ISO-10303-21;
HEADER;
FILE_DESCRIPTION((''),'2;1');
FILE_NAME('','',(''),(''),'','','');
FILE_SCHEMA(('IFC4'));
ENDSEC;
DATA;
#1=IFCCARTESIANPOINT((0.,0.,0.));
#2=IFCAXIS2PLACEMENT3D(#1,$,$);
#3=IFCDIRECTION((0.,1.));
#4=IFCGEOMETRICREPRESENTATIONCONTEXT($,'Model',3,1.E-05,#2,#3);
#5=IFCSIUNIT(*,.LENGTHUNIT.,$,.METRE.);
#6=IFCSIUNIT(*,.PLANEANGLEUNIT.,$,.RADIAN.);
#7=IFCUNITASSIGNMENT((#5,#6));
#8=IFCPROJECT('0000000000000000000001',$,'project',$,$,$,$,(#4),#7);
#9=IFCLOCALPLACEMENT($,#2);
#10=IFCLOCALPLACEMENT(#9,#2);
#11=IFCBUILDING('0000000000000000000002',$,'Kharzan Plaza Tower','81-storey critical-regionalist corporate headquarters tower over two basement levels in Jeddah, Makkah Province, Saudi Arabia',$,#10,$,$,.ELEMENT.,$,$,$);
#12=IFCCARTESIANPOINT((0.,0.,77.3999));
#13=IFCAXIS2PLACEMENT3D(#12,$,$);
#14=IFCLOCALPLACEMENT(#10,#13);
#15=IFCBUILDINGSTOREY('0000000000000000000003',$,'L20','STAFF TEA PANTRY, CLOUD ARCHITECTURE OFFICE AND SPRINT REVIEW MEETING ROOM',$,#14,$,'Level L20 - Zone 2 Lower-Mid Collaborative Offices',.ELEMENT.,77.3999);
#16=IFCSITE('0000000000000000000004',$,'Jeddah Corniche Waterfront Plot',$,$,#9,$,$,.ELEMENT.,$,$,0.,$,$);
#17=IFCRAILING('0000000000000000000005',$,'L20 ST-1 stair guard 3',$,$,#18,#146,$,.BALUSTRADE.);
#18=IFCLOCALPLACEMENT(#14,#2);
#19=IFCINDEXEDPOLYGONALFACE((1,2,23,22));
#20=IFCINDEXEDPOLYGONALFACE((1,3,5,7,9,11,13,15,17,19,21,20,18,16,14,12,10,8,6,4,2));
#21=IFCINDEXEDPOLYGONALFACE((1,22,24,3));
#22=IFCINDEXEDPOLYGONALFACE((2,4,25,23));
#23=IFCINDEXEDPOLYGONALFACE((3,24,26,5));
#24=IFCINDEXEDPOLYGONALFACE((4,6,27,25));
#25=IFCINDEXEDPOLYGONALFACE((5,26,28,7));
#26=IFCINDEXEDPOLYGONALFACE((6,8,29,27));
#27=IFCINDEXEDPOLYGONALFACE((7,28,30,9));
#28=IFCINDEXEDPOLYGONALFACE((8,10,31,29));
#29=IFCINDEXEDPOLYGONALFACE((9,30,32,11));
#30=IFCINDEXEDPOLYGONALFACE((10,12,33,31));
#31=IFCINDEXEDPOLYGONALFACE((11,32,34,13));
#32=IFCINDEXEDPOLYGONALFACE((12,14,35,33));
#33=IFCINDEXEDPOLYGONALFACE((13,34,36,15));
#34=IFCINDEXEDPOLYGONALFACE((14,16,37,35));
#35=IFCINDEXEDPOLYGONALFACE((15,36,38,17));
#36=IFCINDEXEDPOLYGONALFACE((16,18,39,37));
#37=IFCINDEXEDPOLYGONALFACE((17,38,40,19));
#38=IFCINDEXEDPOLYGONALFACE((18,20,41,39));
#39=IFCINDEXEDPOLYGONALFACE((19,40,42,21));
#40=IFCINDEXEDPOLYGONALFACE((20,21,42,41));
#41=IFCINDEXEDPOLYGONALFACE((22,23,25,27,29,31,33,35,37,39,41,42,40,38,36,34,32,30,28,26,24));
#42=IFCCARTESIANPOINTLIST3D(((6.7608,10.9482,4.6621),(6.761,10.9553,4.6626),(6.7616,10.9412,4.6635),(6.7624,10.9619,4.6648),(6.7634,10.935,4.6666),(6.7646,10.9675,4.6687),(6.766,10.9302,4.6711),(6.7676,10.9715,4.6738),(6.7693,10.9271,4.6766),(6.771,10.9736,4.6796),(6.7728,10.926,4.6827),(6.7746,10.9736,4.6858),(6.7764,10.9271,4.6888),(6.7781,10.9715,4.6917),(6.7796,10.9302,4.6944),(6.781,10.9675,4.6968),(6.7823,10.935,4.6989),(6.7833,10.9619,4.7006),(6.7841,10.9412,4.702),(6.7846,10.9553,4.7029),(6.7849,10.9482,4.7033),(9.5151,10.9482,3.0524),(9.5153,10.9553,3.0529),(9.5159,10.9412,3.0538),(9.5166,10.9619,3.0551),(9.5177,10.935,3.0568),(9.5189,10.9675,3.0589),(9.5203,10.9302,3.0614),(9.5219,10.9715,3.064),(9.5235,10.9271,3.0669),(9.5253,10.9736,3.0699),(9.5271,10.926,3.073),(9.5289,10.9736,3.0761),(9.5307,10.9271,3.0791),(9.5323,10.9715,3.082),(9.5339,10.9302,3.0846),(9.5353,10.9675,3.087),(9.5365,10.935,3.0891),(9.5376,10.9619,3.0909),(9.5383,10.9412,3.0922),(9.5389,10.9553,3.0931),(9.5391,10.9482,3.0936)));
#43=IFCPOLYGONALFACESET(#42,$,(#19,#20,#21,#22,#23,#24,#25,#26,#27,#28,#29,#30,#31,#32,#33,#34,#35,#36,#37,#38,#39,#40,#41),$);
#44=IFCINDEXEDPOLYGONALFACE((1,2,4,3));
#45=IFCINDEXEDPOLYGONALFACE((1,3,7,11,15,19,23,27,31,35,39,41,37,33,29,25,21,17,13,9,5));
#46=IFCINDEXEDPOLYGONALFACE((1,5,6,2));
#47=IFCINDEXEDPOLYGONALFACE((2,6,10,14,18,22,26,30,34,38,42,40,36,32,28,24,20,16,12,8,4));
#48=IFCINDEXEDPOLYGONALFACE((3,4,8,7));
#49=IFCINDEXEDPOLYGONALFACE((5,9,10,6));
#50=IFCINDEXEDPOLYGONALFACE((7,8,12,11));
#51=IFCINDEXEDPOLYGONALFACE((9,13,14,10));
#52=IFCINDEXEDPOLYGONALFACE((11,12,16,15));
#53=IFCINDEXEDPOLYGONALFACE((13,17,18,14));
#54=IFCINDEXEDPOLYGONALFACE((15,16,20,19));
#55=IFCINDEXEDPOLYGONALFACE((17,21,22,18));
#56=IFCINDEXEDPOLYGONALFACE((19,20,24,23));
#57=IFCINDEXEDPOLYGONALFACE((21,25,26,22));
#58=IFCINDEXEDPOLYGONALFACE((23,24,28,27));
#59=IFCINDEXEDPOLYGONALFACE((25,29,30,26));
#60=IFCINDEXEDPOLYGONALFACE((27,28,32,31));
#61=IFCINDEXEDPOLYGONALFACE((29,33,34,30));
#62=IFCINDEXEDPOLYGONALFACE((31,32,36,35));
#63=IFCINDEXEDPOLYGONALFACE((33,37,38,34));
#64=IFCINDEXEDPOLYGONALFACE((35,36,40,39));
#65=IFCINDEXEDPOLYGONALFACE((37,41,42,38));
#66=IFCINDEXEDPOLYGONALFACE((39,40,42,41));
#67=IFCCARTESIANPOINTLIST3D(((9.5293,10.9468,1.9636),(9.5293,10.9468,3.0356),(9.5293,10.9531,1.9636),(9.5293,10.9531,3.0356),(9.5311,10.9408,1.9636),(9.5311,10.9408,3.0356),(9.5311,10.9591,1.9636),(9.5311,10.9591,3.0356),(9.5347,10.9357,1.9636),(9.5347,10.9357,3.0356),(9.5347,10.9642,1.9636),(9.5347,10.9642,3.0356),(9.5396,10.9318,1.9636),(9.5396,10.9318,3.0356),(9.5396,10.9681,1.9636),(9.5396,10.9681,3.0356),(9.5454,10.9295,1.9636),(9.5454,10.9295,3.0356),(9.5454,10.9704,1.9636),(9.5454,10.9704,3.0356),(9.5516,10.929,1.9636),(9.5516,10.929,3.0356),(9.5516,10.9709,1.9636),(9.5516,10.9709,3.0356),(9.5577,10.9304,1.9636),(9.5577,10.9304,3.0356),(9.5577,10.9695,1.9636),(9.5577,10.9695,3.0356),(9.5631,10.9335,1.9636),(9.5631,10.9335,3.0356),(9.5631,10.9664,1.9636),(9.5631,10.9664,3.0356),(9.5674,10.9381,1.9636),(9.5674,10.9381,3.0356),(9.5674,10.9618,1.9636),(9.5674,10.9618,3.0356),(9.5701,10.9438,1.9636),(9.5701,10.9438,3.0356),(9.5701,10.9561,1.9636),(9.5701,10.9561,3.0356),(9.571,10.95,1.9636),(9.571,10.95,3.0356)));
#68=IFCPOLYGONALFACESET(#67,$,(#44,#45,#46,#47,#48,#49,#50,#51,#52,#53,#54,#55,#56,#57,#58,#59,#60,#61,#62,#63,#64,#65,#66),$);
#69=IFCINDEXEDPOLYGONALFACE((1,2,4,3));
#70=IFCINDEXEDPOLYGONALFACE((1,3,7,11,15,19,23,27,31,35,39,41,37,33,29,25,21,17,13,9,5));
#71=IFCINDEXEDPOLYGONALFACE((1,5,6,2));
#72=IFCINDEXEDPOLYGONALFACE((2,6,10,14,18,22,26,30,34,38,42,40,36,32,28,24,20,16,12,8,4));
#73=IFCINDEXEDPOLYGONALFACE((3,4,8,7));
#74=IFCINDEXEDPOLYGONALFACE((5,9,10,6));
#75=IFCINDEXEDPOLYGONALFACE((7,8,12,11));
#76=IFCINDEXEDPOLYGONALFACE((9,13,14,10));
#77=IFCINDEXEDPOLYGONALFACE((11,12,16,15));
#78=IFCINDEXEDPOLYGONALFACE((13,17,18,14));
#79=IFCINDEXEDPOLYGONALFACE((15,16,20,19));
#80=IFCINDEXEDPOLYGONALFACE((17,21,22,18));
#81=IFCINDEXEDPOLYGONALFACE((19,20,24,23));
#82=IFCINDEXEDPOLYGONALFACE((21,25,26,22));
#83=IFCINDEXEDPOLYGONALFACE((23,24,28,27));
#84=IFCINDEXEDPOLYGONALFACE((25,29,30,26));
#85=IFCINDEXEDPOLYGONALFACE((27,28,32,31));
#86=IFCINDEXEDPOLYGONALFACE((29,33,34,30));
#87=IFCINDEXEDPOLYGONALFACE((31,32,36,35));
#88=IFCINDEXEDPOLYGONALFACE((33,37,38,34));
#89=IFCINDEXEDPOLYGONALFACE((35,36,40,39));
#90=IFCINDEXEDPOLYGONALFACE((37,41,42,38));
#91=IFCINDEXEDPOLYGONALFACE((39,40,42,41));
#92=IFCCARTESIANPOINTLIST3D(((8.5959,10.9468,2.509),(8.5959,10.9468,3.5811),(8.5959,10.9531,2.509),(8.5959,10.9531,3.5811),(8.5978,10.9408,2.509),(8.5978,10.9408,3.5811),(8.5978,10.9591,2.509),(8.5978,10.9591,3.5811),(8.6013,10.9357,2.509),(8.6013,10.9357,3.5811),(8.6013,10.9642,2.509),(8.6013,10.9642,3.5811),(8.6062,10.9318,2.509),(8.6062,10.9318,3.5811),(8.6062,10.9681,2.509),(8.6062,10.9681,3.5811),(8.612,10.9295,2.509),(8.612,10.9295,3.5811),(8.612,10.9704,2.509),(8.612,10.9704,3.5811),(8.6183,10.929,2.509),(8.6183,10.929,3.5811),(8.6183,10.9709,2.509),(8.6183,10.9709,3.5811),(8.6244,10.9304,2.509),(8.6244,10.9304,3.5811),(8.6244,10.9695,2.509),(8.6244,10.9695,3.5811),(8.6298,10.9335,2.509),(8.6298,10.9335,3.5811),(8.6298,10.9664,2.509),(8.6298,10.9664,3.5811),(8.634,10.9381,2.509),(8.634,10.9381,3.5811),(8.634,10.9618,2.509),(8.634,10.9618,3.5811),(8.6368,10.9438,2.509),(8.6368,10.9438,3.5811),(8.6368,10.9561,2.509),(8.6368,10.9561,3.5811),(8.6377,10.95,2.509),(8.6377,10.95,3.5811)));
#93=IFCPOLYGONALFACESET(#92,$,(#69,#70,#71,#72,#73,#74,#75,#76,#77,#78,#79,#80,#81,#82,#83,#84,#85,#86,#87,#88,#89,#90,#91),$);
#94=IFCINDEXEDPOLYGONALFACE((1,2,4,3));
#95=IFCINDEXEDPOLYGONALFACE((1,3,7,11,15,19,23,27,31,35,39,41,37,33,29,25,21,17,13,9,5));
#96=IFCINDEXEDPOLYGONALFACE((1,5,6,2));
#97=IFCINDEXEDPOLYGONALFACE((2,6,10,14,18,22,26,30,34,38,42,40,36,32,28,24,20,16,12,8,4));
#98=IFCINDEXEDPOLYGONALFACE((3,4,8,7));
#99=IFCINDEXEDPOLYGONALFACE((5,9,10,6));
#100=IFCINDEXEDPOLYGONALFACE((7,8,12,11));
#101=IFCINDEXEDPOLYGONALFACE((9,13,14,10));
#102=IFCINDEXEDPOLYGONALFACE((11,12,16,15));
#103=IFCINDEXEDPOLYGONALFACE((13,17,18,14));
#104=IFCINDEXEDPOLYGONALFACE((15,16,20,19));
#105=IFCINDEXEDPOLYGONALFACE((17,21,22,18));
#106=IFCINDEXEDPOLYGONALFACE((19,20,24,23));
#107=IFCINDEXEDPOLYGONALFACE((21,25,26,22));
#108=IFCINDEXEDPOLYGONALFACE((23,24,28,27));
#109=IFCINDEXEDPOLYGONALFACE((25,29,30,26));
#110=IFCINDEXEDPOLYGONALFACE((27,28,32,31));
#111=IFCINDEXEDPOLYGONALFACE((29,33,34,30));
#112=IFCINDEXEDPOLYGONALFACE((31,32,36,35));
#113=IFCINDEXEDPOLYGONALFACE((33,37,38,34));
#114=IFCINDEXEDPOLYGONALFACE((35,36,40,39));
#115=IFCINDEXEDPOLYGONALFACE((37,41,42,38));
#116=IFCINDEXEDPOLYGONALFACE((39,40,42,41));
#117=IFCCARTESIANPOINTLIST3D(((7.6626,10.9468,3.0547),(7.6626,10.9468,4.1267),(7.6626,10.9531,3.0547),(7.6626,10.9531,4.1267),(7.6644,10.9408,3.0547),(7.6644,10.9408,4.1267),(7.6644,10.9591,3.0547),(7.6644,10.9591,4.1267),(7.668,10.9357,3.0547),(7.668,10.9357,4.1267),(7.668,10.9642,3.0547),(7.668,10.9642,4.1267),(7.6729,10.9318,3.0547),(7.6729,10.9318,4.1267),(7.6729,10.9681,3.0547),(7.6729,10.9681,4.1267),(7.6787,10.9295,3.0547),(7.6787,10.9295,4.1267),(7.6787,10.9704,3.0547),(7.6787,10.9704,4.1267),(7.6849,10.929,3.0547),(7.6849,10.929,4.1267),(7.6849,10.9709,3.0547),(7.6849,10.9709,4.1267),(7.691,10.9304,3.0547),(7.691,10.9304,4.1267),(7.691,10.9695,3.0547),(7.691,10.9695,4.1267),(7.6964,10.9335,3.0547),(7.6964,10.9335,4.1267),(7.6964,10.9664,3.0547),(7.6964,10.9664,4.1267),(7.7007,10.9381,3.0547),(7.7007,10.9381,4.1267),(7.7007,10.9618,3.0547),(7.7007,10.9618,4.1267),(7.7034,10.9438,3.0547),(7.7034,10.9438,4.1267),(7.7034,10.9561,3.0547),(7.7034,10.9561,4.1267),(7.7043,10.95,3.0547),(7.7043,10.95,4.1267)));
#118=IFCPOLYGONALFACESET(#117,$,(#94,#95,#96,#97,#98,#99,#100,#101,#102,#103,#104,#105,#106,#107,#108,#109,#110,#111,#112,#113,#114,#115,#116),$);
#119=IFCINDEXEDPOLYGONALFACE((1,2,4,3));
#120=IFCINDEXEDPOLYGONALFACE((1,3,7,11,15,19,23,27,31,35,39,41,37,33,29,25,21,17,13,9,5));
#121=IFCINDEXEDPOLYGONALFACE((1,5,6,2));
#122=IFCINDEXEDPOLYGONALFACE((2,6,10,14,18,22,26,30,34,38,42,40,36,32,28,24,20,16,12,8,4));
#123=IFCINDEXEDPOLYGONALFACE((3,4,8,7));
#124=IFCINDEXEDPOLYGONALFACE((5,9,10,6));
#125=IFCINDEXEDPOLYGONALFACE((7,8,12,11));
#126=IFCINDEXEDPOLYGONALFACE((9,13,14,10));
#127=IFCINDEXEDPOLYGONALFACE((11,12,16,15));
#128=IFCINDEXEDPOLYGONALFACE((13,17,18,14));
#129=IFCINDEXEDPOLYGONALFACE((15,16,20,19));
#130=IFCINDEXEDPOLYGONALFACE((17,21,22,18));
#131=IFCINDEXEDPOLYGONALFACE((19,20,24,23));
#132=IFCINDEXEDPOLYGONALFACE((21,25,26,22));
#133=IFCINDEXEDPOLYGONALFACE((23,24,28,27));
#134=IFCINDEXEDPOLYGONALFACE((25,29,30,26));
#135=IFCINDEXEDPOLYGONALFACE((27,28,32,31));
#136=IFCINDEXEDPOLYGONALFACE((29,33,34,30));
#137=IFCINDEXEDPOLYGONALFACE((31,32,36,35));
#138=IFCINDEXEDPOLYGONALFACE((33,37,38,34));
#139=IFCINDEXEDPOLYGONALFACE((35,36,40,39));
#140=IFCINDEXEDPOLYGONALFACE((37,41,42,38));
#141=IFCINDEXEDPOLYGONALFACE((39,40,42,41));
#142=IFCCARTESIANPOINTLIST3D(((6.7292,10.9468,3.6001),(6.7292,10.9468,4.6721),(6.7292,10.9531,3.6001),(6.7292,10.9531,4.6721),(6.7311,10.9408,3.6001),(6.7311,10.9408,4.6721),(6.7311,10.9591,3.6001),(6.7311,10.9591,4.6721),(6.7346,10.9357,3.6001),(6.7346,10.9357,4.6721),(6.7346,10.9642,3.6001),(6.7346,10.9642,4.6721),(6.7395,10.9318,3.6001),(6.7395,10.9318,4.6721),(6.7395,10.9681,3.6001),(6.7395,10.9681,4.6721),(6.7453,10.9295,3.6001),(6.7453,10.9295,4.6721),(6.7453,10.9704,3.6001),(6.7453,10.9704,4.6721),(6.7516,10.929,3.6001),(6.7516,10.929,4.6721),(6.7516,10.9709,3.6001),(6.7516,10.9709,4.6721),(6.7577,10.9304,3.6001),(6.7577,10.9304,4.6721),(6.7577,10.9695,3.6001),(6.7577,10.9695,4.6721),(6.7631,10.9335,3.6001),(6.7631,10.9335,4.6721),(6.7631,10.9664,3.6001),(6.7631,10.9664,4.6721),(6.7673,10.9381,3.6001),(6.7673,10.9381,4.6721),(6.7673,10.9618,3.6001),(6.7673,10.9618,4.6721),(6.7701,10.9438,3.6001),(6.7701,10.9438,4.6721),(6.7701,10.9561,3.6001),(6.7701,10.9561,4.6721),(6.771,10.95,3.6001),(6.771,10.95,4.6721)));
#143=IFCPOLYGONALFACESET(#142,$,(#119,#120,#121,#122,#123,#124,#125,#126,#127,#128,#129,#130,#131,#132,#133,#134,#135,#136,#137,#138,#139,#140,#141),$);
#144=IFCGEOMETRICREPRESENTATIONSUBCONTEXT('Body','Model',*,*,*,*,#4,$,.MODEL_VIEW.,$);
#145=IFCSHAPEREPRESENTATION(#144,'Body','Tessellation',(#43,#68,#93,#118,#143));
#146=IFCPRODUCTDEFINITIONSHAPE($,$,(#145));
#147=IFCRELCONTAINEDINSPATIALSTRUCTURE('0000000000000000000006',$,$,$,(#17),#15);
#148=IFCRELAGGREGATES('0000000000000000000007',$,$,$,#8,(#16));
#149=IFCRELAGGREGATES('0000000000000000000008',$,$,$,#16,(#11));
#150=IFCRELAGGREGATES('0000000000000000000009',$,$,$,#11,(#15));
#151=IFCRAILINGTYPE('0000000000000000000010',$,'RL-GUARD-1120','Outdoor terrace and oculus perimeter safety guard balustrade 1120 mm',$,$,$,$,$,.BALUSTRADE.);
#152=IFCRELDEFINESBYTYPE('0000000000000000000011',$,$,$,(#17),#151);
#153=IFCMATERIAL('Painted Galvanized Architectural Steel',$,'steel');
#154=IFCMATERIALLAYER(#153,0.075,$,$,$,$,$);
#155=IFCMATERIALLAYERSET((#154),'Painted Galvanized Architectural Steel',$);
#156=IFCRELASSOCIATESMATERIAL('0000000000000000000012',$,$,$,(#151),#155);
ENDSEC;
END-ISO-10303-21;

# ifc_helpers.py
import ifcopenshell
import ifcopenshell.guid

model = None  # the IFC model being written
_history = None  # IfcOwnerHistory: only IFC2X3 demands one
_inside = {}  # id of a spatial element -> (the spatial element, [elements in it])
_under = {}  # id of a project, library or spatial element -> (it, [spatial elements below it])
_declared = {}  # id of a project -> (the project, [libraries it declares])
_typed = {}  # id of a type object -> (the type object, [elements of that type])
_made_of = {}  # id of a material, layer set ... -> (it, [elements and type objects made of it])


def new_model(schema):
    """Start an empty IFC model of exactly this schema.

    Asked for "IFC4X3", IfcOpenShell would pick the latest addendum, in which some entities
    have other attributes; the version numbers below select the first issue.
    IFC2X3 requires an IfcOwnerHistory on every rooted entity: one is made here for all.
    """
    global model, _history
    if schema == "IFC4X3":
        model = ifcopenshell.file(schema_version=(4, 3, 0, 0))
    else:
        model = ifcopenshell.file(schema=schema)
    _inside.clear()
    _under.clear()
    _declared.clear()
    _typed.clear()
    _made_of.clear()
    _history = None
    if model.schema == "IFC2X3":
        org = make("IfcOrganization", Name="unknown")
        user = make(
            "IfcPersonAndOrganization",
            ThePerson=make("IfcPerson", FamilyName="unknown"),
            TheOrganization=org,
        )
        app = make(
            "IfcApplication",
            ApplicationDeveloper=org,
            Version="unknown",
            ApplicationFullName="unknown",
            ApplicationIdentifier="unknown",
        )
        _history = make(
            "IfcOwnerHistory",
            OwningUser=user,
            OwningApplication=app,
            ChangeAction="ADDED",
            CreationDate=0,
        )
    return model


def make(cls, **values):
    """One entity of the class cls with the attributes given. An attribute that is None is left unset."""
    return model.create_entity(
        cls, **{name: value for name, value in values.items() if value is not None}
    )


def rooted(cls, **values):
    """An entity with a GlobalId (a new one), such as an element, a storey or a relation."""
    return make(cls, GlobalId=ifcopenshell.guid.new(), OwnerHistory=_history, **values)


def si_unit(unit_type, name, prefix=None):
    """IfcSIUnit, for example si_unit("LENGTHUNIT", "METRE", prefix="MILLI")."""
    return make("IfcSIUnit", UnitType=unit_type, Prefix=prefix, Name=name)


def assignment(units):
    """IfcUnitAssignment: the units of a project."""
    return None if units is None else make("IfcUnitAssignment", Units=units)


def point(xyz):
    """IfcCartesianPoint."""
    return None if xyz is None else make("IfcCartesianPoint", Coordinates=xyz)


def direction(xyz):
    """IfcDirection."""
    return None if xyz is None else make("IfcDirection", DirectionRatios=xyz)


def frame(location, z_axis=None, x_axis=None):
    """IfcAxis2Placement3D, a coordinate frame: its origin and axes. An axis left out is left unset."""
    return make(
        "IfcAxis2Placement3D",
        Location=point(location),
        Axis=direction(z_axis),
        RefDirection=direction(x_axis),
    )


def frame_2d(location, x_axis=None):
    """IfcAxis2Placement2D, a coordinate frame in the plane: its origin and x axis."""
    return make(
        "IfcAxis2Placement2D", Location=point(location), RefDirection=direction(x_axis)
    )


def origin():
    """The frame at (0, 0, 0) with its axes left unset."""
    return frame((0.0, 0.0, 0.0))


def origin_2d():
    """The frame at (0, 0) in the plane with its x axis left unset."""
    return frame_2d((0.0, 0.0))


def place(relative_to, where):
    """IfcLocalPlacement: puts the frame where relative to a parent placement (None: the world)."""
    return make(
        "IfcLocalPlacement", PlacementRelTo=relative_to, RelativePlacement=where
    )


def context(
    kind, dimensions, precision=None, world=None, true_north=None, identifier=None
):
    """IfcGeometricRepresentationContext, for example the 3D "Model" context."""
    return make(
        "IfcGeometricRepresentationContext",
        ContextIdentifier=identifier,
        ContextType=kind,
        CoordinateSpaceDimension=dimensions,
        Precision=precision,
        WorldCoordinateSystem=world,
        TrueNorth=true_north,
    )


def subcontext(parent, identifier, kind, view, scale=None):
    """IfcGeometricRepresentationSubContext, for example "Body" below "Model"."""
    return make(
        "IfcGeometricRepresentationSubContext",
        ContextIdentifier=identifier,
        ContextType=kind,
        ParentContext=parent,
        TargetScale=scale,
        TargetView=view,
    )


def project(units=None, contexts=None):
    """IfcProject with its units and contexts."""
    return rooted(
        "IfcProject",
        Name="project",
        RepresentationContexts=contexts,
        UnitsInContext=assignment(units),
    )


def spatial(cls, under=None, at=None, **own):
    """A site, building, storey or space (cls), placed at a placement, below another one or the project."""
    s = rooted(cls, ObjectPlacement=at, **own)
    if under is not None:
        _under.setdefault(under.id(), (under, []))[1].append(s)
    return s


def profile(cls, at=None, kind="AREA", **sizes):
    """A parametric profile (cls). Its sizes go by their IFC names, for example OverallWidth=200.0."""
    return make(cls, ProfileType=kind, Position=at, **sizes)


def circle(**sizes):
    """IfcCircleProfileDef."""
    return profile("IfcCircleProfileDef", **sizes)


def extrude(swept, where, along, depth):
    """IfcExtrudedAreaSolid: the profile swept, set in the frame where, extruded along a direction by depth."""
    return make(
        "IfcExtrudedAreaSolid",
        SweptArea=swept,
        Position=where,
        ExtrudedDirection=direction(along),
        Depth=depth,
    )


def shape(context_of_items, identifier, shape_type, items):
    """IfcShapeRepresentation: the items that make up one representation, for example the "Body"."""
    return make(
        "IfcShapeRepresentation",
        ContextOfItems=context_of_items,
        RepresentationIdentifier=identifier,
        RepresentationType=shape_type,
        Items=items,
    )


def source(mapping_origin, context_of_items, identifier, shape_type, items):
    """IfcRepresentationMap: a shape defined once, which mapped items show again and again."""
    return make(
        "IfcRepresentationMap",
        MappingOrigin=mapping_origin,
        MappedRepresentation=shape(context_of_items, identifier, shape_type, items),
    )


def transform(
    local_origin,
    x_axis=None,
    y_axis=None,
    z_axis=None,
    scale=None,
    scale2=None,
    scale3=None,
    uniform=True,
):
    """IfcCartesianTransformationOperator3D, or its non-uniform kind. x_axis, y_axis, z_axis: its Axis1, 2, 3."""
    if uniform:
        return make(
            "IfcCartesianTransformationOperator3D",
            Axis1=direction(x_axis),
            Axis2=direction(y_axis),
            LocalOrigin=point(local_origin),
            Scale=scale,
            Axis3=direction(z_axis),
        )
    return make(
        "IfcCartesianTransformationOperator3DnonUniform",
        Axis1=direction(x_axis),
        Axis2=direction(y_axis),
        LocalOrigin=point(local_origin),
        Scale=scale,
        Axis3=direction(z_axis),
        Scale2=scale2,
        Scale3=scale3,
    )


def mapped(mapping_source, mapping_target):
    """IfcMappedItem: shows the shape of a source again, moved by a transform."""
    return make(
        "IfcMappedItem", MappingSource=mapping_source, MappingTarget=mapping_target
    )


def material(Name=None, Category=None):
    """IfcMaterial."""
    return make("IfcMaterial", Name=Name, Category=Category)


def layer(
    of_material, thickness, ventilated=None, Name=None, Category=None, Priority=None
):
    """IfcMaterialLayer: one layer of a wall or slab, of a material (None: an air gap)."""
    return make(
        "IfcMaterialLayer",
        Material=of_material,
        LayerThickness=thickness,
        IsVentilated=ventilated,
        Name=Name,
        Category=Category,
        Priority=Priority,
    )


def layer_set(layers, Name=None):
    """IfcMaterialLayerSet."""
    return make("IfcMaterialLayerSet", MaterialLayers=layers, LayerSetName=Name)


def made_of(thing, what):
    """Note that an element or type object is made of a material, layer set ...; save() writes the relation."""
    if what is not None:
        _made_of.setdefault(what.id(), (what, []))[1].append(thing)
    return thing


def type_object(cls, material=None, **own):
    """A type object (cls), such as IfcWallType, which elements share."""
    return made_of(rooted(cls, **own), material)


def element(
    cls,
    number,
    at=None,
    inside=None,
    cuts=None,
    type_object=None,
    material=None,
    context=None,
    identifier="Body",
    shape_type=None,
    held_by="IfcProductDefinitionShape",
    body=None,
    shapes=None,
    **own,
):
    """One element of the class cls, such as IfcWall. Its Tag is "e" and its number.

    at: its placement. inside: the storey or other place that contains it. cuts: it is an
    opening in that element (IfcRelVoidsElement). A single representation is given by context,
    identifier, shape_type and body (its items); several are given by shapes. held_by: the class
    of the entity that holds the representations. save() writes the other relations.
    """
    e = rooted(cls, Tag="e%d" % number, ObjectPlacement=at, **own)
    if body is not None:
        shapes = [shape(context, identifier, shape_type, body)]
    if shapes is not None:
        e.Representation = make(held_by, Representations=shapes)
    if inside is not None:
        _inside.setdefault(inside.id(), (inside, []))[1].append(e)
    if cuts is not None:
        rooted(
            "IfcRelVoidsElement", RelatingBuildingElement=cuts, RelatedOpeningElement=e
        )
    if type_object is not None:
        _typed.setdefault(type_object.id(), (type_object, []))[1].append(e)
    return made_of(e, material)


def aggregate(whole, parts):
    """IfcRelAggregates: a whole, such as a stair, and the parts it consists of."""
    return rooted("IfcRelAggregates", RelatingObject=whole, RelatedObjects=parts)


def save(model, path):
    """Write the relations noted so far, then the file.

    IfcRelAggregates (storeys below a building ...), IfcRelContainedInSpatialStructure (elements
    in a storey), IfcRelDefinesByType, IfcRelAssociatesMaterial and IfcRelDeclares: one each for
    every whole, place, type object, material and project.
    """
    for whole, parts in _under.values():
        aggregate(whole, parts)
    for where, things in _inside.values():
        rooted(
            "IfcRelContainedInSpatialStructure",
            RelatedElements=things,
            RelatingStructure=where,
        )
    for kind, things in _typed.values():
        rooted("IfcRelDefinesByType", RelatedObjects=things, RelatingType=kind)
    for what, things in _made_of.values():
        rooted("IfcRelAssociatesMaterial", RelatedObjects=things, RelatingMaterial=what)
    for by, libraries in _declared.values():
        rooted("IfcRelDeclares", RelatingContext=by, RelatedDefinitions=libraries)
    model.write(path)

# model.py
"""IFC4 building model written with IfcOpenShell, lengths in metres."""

from ifc_helpers import new_model, si_unit, direction, frame, origin, origin_2d, place, context, subcontext, project, spatial, circle, extrude, source, transform, mapped, material, layer, layer_set, type_object, element, save


model = new_model("IFC4")

# Units and contexts
model_context = context("Model", 3, precision=1e-05, world=origin(), true_north=direction((0.0, 1.0)))
body_context = subcontext(model_context, "Body", "Model", "MODEL_VIEW")
ifc_project = project(units=[si_unit("LENGTHUNIT", "METRE"), si_unit("PLANEANGLEUNIT", "RADIAN")], contexts=[model_context])

# Site, building, storey
site_placement = place(None, origin())
site = spatial("IfcSite", under=ifc_project, at=site_placement, Name="Jeddah Corniche Waterfront Plot", CompositionType="ELEMENT", RefElevation=0.0)
building_placement = place(site_placement, origin())
building = spatial("IfcBuilding", under=site, at=building_placement, Name="Kharzan Plaza Tower", Description="81-storey critical-regionalist corporate headquarters tower over two basement levels in Jeddah, Makkah Province, Saudi Arabia", CompositionType="ELEMENT")
storey_placement = place(building_placement, frame((0.0, 0.0, 77.3999)))
storey = spatial("IfcBuildingStorey", under=building, at=storey_placement, Name="L20", Description="STAFF TEA PANTRY, CLOUD ARCHITECTURE OFFICE AND SPRINT REVIEW MEETING ROOM", LongName="Level L20 - Zone 2 Lower-Mid Collaborative Offices", CompositionType="ELEMENT", Elevation=77.3999)

# Railing
ifc_material_1 = material(Name="Painted Galvanized Architectural Steel", Category="steel")
ifc_layer_1 = layer(ifc_material_1, 0.075)
ifc_layer_set_1 = layer_set([ifc_layer_1], Name="Painted Galvanized Architectural Steel")
railing_type_1 = type_object("IfcRailingType", Name="RL-GUARD-1120", Description="Outdoor terrace and oculus perimeter safety guard balustrade 1120 mm", PredefinedType="BALUSTRADE", material=ifc_layer_set_1)
shared_shape_1 = source(origin(), body_context, "Body", "SweptSolid", [
    extrude(circle(Radius=0.0239, at=origin_2d()), frame((-0.0229, 0.0, 1.1094), z_axis=(-0.863361, 0.0, 0.504587), x_axis=(0.0, -1.0, 0.0)), (0.0, 0.0, 1.0), 3.1902),
    extrude(circle(Radius=0.021, at=origin_2d()), origin(), (0.0, 0.0, 1.0), 1.072),
    extrude(circle(Radius=0.021, at=origin_2d()), frame((-0.9333, 0.0, 0.5454)), (0.0, 0.0, 1.0), 1.072),
    extrude(circle(Radius=0.021, at=origin_2d()), frame((-1.8667, 0.0, 1.0911)), (0.0, 0.0, 1.0), 1.072),
    extrude(circle(Radius=0.021, at=origin_2d()), frame((-2.8, 0.0, 1.6365)), (0.0, 0.0, 1.0), 1.072),
])
railing_1_placement = place(storey_placement, frame((9.55, 10.95, 1.9636)))
element("IfcRailing", 1, at=railing_1_placement, inside=storey, type_object=railing_type_1, Name="L20 ST-1 stair guard 3", PredefinedType="BALUSTRADE", context=body_context, shape_type="MappedRepresentation", body=[
    mapped(shared_shape_1, transform((0.0, 0.0, 0.0), x_axis=(1.0, 0.0, 0.0), y_axis=(0.0, 1.0, 0.0), z_axis=(0.0, 0.0, 1.0))),
])

save(model, "model.ifc")
